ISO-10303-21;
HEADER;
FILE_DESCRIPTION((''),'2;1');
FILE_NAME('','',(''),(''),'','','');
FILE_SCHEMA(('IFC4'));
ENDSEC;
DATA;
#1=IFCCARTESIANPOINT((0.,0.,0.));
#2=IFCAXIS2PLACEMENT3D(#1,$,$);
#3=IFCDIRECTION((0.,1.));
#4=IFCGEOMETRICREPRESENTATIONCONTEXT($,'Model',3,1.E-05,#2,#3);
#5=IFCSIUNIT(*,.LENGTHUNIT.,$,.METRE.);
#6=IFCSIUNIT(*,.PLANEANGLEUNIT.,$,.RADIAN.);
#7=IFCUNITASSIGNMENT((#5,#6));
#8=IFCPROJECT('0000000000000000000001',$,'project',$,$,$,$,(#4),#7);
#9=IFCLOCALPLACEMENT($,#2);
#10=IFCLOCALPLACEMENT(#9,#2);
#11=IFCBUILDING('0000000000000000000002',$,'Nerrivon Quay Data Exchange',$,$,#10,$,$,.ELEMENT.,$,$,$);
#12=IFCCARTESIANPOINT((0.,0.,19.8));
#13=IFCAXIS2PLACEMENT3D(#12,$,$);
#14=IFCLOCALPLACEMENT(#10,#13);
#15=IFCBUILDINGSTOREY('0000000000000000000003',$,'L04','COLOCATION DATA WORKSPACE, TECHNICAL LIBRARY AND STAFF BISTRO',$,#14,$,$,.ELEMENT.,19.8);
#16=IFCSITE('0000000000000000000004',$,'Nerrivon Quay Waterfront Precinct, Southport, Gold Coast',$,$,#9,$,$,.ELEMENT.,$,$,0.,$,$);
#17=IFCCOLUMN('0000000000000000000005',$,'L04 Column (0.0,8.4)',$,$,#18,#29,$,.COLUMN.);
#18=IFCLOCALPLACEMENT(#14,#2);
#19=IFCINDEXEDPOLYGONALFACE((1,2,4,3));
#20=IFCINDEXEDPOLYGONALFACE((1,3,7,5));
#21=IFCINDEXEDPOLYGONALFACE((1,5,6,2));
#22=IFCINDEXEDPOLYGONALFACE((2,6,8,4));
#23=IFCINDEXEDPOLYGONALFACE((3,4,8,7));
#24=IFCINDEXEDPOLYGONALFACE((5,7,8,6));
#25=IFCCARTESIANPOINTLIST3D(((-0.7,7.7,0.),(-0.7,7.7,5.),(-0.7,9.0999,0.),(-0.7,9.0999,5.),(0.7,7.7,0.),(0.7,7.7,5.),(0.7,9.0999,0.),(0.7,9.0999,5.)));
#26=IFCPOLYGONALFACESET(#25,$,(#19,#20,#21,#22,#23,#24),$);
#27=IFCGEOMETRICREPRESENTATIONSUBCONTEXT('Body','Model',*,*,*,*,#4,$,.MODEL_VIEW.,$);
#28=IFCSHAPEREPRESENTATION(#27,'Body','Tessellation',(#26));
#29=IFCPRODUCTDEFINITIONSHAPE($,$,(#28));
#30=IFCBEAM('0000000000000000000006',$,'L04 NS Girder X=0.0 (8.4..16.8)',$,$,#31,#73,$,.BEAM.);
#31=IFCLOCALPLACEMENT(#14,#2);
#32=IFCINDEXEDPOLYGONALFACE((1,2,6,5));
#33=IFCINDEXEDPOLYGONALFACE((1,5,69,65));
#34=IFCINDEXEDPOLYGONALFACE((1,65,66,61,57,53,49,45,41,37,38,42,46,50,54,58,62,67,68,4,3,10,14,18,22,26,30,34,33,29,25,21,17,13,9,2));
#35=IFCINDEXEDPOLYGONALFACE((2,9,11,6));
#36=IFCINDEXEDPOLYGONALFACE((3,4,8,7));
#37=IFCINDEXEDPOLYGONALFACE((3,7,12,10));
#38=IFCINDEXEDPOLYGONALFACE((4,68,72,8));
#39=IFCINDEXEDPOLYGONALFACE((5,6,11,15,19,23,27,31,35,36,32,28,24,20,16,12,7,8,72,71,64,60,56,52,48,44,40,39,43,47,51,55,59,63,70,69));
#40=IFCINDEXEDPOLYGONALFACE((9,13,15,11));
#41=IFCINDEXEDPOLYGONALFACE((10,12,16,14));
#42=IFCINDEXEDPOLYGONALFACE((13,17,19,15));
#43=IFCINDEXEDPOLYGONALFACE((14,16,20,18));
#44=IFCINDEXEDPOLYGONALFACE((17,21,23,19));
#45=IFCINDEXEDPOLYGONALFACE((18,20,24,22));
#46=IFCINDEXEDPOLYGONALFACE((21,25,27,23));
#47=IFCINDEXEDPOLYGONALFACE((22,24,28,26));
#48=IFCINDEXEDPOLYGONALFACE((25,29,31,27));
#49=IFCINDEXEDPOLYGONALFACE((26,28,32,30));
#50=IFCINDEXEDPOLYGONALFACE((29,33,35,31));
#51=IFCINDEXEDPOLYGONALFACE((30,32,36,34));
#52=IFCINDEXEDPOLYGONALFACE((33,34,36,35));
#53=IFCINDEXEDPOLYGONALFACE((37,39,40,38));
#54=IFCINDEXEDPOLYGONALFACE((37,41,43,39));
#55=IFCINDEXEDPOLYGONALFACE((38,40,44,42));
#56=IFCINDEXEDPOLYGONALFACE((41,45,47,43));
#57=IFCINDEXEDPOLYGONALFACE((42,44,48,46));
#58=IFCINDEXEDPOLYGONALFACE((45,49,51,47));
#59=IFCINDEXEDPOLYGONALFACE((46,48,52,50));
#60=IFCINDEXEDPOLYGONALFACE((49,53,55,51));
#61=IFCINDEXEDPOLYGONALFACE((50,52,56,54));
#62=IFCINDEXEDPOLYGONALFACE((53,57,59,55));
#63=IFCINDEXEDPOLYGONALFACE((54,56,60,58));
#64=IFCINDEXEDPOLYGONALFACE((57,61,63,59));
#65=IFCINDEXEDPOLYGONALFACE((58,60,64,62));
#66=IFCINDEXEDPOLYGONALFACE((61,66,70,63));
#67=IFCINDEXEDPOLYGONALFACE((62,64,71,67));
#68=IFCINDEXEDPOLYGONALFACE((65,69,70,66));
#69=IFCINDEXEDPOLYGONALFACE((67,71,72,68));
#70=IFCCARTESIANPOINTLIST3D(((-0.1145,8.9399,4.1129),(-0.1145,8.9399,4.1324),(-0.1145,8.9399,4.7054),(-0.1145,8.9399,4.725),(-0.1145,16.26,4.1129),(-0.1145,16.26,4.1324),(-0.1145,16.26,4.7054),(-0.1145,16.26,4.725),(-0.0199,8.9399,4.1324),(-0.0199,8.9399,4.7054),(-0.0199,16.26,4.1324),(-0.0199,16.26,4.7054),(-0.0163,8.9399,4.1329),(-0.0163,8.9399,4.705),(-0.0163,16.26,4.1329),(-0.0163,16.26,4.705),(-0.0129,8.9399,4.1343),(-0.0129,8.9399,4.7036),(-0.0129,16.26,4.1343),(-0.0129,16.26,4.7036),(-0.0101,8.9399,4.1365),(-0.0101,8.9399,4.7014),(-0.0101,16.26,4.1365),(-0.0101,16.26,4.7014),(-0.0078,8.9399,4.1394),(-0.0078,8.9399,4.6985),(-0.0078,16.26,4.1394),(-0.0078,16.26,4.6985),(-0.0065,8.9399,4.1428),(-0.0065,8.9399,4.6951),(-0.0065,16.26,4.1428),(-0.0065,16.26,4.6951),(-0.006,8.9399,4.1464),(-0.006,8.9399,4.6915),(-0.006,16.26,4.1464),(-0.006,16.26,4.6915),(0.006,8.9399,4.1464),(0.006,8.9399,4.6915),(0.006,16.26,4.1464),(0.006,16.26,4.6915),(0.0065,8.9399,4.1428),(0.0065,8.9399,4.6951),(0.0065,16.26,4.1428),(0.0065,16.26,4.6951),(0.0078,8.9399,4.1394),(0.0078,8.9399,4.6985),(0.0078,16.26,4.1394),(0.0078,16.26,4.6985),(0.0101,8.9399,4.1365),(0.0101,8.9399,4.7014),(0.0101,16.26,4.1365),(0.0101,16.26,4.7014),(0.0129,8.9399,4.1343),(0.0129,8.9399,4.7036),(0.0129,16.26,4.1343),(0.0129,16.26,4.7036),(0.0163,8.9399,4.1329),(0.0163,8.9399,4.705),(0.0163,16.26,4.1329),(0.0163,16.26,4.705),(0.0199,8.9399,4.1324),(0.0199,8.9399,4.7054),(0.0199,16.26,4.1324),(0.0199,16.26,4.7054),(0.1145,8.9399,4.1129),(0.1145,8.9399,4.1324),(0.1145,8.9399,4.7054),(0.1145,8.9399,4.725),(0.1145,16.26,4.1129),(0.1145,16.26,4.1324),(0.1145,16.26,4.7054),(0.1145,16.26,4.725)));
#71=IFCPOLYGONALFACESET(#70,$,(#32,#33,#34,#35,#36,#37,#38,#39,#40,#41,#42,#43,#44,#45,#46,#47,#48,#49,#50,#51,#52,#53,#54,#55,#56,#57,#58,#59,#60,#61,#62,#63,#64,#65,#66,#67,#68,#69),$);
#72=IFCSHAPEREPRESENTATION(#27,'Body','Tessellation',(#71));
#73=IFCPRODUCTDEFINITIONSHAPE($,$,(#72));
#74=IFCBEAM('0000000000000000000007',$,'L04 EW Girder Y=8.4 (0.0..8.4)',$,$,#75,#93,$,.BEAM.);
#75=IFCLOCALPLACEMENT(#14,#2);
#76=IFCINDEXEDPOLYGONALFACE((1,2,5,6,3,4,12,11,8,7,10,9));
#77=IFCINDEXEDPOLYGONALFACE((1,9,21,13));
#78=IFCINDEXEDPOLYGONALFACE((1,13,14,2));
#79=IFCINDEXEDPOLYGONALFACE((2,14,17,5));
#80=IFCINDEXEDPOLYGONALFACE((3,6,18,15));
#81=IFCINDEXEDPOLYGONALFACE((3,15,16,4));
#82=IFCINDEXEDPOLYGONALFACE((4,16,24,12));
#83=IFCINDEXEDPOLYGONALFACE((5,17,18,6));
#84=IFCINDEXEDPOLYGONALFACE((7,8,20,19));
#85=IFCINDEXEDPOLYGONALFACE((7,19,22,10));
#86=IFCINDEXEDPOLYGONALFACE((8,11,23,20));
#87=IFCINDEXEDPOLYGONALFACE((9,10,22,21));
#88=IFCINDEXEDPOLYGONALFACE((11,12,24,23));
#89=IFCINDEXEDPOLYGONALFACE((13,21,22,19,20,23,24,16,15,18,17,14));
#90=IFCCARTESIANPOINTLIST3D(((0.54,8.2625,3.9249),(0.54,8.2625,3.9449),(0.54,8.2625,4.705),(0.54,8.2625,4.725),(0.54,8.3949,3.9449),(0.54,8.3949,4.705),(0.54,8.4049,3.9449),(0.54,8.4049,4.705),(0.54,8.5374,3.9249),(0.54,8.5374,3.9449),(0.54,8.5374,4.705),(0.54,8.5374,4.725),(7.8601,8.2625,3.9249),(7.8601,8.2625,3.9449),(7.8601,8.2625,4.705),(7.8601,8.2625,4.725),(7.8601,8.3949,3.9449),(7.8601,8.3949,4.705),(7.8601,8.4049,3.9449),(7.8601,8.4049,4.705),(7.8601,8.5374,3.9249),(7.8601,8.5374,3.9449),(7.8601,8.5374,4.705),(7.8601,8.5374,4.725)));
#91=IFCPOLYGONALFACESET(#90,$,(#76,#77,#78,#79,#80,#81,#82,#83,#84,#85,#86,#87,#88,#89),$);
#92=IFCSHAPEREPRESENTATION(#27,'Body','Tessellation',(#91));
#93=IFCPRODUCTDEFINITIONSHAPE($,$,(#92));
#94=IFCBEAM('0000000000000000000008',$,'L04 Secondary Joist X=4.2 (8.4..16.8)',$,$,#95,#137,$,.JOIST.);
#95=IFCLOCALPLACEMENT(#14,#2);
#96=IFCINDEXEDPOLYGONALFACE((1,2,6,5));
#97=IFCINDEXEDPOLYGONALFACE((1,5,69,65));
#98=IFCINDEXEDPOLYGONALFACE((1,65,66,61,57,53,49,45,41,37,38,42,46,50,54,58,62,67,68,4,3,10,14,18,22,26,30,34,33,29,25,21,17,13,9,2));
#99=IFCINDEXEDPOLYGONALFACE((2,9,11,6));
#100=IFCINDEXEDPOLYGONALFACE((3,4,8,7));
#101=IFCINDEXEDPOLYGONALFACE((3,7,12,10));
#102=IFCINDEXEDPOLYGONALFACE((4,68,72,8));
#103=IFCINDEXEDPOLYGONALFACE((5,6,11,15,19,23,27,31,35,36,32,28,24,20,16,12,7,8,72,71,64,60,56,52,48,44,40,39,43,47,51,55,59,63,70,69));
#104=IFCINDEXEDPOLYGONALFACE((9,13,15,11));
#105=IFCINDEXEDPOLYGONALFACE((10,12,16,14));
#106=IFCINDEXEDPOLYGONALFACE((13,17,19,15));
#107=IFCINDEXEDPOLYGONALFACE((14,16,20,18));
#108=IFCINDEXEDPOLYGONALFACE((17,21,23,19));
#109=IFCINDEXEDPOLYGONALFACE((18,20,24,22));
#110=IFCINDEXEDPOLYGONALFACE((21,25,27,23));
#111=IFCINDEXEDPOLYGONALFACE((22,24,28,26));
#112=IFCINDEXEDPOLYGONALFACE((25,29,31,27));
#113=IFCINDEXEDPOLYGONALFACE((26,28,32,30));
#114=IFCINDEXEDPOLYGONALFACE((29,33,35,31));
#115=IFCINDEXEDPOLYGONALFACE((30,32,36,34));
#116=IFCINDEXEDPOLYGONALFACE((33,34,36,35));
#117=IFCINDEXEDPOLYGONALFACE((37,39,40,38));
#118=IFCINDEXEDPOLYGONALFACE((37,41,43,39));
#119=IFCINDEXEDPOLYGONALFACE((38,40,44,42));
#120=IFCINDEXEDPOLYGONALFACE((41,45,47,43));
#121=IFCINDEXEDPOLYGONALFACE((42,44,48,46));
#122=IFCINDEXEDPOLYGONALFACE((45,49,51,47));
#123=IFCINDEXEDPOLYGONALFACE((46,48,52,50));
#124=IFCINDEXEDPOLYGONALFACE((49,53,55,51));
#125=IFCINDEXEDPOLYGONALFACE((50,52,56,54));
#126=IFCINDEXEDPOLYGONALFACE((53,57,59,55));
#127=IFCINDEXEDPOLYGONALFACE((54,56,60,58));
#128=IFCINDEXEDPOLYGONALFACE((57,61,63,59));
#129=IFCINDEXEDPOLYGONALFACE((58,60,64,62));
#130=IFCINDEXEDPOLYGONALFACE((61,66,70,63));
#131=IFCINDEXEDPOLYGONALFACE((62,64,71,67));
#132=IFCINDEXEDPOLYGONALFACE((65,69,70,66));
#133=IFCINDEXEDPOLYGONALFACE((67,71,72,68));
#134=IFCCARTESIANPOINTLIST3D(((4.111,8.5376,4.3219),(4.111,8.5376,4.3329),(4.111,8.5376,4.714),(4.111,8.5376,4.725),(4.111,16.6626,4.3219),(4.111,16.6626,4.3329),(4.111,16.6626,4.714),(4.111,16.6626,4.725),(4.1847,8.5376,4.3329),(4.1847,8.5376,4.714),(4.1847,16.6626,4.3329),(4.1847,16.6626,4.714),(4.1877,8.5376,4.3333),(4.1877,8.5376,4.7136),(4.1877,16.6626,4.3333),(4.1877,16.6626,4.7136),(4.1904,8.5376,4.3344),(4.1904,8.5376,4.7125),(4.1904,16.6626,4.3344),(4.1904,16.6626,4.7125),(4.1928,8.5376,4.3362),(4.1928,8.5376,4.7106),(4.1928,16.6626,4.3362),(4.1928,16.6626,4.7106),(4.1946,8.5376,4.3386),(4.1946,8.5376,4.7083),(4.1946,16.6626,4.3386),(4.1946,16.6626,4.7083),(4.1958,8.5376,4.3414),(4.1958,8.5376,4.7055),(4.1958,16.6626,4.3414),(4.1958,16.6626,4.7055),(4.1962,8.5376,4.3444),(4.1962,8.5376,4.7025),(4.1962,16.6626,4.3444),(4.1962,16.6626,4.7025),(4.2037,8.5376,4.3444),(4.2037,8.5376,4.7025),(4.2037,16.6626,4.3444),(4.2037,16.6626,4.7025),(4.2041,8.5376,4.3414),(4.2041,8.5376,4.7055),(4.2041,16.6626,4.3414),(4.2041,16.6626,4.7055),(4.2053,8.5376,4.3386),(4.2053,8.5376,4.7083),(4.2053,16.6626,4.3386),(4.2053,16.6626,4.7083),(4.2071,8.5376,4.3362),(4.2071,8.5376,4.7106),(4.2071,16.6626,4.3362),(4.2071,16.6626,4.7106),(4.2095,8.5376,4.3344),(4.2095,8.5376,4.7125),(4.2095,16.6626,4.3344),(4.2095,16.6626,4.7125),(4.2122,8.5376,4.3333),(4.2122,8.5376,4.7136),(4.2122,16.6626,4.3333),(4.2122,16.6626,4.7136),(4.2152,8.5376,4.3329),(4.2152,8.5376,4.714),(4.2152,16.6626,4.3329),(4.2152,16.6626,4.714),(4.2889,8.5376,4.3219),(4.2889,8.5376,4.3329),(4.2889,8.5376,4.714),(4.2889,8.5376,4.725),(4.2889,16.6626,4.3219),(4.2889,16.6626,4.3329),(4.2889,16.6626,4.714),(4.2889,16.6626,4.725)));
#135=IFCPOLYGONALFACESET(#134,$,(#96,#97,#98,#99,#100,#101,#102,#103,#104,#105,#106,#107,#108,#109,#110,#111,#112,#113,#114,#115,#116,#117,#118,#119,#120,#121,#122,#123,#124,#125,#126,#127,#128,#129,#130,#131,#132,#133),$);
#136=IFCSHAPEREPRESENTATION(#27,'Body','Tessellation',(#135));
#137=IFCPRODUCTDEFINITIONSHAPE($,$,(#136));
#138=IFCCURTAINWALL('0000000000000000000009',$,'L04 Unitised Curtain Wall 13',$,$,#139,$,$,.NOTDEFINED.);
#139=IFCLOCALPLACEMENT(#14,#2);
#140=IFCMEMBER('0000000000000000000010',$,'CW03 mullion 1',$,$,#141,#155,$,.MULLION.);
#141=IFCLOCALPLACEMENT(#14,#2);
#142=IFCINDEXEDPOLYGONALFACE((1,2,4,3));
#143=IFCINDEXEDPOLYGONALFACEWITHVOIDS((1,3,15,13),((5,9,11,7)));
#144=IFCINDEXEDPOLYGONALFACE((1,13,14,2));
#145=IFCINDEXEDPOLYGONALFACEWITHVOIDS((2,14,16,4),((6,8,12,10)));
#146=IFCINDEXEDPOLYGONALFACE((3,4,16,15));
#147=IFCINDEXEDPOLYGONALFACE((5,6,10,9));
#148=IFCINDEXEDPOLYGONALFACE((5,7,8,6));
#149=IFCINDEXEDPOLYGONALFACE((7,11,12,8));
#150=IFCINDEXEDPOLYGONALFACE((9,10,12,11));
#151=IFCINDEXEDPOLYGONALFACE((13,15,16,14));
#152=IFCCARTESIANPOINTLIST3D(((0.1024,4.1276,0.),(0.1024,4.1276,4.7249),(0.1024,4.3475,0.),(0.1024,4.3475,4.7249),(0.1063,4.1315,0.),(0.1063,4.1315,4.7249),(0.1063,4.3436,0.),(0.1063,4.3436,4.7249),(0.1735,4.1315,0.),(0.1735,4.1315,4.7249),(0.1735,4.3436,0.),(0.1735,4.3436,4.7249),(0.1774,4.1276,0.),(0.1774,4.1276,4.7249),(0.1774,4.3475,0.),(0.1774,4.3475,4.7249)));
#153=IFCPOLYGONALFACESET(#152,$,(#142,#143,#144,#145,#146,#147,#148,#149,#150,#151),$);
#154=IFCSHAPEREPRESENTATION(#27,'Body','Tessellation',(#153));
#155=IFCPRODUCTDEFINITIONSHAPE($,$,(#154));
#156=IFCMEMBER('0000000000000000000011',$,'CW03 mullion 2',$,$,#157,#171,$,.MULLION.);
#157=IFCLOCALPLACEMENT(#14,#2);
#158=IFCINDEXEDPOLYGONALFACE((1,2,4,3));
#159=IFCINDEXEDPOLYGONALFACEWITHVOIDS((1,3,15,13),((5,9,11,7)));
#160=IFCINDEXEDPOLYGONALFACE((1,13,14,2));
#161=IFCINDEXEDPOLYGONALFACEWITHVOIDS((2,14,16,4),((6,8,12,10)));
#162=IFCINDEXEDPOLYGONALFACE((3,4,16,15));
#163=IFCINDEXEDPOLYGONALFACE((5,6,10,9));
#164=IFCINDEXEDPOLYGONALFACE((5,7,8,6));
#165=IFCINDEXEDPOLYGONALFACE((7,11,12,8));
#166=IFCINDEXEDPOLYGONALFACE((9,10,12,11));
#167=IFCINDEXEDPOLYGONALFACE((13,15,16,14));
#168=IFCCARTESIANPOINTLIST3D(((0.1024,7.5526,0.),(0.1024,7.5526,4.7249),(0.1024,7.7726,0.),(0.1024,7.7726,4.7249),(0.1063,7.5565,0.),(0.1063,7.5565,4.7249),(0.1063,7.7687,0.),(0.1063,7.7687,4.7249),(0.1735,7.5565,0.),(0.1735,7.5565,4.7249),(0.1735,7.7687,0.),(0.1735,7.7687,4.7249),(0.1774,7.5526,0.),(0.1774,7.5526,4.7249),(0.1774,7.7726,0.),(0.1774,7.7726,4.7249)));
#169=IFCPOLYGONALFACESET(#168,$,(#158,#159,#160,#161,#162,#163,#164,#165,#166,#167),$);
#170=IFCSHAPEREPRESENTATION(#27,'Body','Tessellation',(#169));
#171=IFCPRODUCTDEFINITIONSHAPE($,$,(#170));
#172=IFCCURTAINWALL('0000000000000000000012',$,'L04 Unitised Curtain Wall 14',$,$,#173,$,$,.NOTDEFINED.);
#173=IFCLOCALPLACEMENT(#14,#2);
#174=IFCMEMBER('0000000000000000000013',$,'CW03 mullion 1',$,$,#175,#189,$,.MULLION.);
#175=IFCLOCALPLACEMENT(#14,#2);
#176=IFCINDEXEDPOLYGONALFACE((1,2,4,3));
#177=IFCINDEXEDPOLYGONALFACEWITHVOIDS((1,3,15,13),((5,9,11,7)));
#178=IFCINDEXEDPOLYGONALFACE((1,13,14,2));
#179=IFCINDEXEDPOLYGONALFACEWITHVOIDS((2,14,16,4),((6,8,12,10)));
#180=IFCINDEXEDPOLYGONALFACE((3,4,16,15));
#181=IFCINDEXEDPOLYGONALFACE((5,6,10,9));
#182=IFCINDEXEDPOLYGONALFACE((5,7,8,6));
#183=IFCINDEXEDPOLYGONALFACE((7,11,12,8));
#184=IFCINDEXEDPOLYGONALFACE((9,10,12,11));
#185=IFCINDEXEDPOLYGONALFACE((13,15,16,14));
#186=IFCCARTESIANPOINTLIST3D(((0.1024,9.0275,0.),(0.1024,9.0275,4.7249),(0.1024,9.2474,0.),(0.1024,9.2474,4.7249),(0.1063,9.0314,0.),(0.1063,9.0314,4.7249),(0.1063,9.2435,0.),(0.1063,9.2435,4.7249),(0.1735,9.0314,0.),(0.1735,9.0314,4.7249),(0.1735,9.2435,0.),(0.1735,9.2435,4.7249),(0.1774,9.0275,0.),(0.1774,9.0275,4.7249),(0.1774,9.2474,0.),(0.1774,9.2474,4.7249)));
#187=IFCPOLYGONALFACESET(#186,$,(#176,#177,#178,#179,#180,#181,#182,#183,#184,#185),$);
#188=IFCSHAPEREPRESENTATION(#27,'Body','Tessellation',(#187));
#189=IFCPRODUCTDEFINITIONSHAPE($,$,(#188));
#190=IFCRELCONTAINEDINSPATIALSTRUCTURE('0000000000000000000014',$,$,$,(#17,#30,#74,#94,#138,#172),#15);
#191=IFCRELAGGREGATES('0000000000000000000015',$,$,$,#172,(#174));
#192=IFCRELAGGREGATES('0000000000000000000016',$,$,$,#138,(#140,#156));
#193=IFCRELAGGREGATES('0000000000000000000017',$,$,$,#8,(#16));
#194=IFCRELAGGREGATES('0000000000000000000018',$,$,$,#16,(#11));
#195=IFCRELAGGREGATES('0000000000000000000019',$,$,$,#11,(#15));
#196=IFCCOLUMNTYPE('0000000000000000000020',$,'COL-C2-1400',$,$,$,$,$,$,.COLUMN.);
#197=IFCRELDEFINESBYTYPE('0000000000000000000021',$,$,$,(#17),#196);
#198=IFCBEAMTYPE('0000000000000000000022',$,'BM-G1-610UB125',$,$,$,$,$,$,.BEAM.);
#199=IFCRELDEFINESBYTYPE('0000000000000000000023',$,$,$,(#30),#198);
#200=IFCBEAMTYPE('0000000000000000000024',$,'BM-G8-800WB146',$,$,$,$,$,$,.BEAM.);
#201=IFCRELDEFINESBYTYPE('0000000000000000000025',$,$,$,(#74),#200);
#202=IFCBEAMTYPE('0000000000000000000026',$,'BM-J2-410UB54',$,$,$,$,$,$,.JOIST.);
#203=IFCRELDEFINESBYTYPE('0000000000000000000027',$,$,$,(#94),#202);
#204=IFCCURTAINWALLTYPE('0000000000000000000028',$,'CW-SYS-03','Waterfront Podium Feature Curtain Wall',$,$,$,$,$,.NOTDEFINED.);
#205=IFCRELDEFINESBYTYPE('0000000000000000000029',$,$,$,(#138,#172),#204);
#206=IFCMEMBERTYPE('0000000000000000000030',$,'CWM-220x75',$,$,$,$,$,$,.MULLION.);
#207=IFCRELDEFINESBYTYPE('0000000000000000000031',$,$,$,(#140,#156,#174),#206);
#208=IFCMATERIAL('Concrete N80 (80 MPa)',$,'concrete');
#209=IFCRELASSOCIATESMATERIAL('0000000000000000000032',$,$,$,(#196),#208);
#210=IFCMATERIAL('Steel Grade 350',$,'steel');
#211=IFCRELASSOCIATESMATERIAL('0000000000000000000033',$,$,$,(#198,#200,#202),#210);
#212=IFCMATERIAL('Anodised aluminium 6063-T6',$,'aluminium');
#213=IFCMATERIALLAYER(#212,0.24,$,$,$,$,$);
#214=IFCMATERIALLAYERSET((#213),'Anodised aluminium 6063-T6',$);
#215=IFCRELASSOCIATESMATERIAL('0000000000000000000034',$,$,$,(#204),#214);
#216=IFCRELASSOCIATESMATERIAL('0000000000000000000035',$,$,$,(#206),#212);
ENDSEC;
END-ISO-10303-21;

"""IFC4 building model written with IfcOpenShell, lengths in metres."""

from ifc_helpers import new_model, si_unit, direction, frame, origin, origin_2d, place, context, subcontext, project, spatial, rectangle, hollow_rectangle, i_section, extrude, material, layer, layer_set, material_profile, profile_set, type_object, element, aggregate, save


model = new_model("IFC4")

# Units and contexts
model_context = context("Model", 3, precision=1e-05, world=origin(), true_north=direction((0.0, 1.0)))
body_context = subcontext(model_context, "Body", "Model", "MODEL_VIEW")
ifc_project = project(units=[si_unit("LENGTHUNIT", "METRE"), si_unit("PLANEANGLEUNIT", "RADIAN")], contexts=[model_context])

# Site, building, storey
site_placement = place(None, origin())
site = spatial("IfcSite", under=ifc_project, at=site_placement, Name="Nerrivon Quay Waterfront Precinct, Southport, Gold Coast", CompositionType="ELEMENT", RefElevation=0.0)
building_placement = place(site_placement, origin())
building = spatial("IfcBuilding", under=site, at=building_placement, Name="Nerrivon Quay Data Exchange", CompositionType="ELEMENT")
storey_placement = place(building_placement, frame((0.0, 0.0, 19.8)))
storey = spatial("IfcBuildingStorey", under=building, at=storey_placement, Name="L04", Description="COLOCATION DATA WORKSPACE, TECHNICAL LIBRARY AND STAFF BISTRO", CompositionType="ELEMENT", Elevation=19.8)

# Column
ifc_material_1 = material(Name="Concrete N80 (80 MPa)", Category="concrete")
ifc_material_profile_1 = material_profile(ifc_material_1, rectangle(XDim=1.3999, YDim=1.3999, at=origin_2d()), Name="RC-COL-1400x1400")
ifc_profile_set_1 = profile_set([ifc_material_profile_1], Name="Concrete N80 (80 MPa)")
column_type = type_object("IfcColumnType", Name="COL-C2-1400", PredefinedType="COLUMN", material=ifc_profile_set_1)
column_placement = place(storey_placement, frame((0.0, 8.3999, 0.0), z_axis=(0.0, 0.0, 1.0), x_axis=(1.0, 0.0, 0.0)))
element("IfcColumn", 1, at=column_placement, inside=storey, type_object=column_type, Name="L04 Column (0.0,8.4)", PredefinedType="COLUMN", context=body_context, shape_type="SweptSolid", body=[
    extrude(rectangle(XDim=1.3999, YDim=1.3999, at=origin_2d()), origin(), (0.0, 0.0, 1.0), 5.0),
])

# Beams
ifc_material_2 = material(Name="Steel Grade 350", Category="steel")
ifc_material_profile_2 = material_profile(ifc_material_2, i_section(OverallWidth=0.229, OverallDepth=0.6121, WebThickness=0.012, FlangeThickness=0.0195, FilletRadius=0.0139, at=origin_2d()), Name="610UB125")
ifc_profile_set_2 = profile_set([ifc_material_profile_2], Name="Steel Grade 350")
beam_type_1 = type_object("IfcBeamType", Name="BM-G1-610UB125", PredefinedType="BEAM", material=ifc_profile_set_2)
beam_1_placement = place(storey_placement, frame((0.0, 8.9399, 4.4189), z_axis=(0.0, 1.0, 0.0), x_axis=(-1.0, 0.0, 0.0)))
element("IfcBeam", 2, at=beam_1_placement, inside=storey, type_object=beam_type_1, Name="L04 NS Girder X=0.0 (8.4..16.8)", PredefinedType="BEAM", context=body_context, shape_type="SweptSolid", body=[
    extrude(i_section(OverallWidth=0.229, OverallDepth=0.6121, WebThickness=0.012, FlangeThickness=0.0195, FilletRadius=0.0139, at=origin_2d()), origin(), (0.0, 0.0, 1.0), 7.3201),
])
ifc_material_profile_3 = material_profile(ifc_material_2, i_section(OverallWidth=0.2749, OverallDepth=0.8, WebThickness=0.01, FlangeThickness=0.02, at=origin_2d()), Name="800WB146")
ifc_profile_set_3 = profile_set([ifc_material_profile_3], Name="Steel Grade 350")
beam_type_2 = type_object("IfcBeamType", Name="BM-G8-800WB146", PredefinedType="BEAM", material=ifc_profile_set_3)
beam_2_placement = place(storey_placement, frame((0.54, 8.3999, 4.325), z_axis=(1.0, 0.0, 0.0), x_axis=(0.0, 1.0, 0.0)))
element("IfcBeam", 3, at=beam_2_placement, inside=storey, type_object=beam_type_2, Name="L04 EW Girder Y=8.4 (0.0..8.4)", PredefinedType="BEAM", context=body_context, shape_type="SweptSolid", body=[
    extrude(i_section(OverallWidth=0.2749, OverallDepth=0.8, WebThickness=0.01, FlangeThickness=0.02, at=origin_2d()), origin(), (0.0, 0.0, 1.0), 7.3201),
])
ifc_material_profile_4 = material_profile(ifc_material_2, i_section(OverallWidth=0.178, OverallDepth=0.4031, WebThickness=0.0076, FlangeThickness=0.011, FilletRadius=0.0115, at=origin_2d()), Name="410UB53.7")
ifc_profile_set_4 = profile_set([ifc_material_profile_4], Name="Steel Grade 350")
beam_type_3 = type_object("IfcBeamType", Name="BM-J2-410UB54", PredefinedType="JOIST", material=ifc_profile_set_4)
beam_3_placement = place(storey_placement, frame((4.2, 8.5376, 4.5234), z_axis=(0.0, 1.0, 0.0), x_axis=(-1.0, 0.0, 0.0)))
element("IfcBeam", 4, at=beam_3_placement, inside=storey, type_object=beam_type_3, Name="L04 Secondary Joist X=4.2 (8.4..16.8)", PredefinedType="JOIST", context=body_context, shape_type="SweptSolid", body=[
    extrude(i_section(OverallWidth=0.178, OverallDepth=0.4031, WebThickness=0.0076, FlangeThickness=0.011, FilletRadius=0.0115, at=origin_2d()), origin(), (0.0, 0.0, 1.0), 8.125),
])

# Curtain wall, members
ifc_material_3 = material(Name="Anodised aluminium 6063-T6", Category="aluminium")
ifc_layer_1 = layer(ifc_material_3, 0.24)
ifc_layer_set_1 = layer_set([ifc_layer_1], Name="Anodised aluminium 6063-T6")
curtain_wall_type = type_object("IfcCurtainWallType", Name="CW-SYS-03", Description="Waterfront Podium Feature Curtain Wall", PredefinedType="NOTDEFINED", material=ifc_layer_set_1)
curtain_wall_1_placement = place(storey_placement, origin())
curtain_wall_1 = element("IfcCurtainWall", 5, at=curtain_wall_1_placement, inside=storey, type_object=curtain_wall_type, Name="L04 Unitised Curtain Wall 13", PredefinedType="NOTDEFINED")
ifc_material_profile_5 = material_profile(ifc_material_3, hollow_rectangle(XDim=0.075, YDim=0.22, WallThickness=0.0039, at=origin_2d()), Name="ALU-MULL-220x75")
ifc_profile_set_5 = profile_set([ifc_material_profile_5], Name="Anodised aluminium 6063-T6")
member_type_1 = type_object("IfcMemberType", Name="CWM-220x75", PredefinedType="MULLION", material=ifc_profile_set_5)
member_1_placement = place(storey_placement, frame((0.1399, 4.2375, 0.0), z_axis=(0.0, 0.0, 1.0), x_axis=(-1.0, 0.0, 0.0)))
member_1 = element("IfcMember", 6, at=member_1_placement, type_object=member_type_1, Name="CW03 mullion 1", PredefinedType="MULLION", context=body_context, shape_type="SweptSolid", body=[
    extrude(hollow_rectangle(XDim=0.075, YDim=0.22, WallThickness=0.0039, at=origin_2d()), origin(), (0.0, 0.0, 1.0), 4.7249),
])
member_2_placement = place(storey_placement, frame((0.1399, 7.6626, 0.0), z_axis=(0.0, 0.0, 1.0), x_axis=(-1.0, 0.0, 0.0)))
member_2 = element("IfcMember", 7, at=member_2_placement, type_object=member_type_1, Name="CW03 mullion 2", PredefinedType="MULLION", context=body_context, shape_type="SweptSolid", body=[
    extrude(hollow_rectangle(XDim=0.075, YDim=0.22, WallThickness=0.0039, at=origin_2d()), origin(), (0.0, 0.0, 1.0), 4.7249),
])

# Curtain wall, member
curtain_wall_2_placement = place(storey_placement, origin())
curtain_wall_2 = element("IfcCurtainWall", 8, at=curtain_wall_2_placement, inside=storey, type_object=curtain_wall_type, Name="L04 Unitised Curtain Wall 14", PredefinedType="NOTDEFINED")
member_3_placement = place(storey_placement, frame((0.1399, 9.1375, 0.0), z_axis=(0.0, 0.0, 1.0), x_axis=(-1.0, 0.0, 0.0)))
member_3 = element("IfcMember", 9, at=member_3_placement, type_object=member_type_1, Name="CW03 mullion 1", PredefinedType="MULLION", context=body_context, shape_type="SweptSolid", body=[
    extrude(hollow_rectangle(XDim=0.075, YDim=0.22, WallThickness=0.0039, at=origin_2d()), origin(), (0.0, 0.0, 1.0), 4.7249),
])

aggregate(curtain_wall_2, [member_3])

aggregate(curtain_wall_1, [member_1, member_2])

save(model, "model.ifc")
